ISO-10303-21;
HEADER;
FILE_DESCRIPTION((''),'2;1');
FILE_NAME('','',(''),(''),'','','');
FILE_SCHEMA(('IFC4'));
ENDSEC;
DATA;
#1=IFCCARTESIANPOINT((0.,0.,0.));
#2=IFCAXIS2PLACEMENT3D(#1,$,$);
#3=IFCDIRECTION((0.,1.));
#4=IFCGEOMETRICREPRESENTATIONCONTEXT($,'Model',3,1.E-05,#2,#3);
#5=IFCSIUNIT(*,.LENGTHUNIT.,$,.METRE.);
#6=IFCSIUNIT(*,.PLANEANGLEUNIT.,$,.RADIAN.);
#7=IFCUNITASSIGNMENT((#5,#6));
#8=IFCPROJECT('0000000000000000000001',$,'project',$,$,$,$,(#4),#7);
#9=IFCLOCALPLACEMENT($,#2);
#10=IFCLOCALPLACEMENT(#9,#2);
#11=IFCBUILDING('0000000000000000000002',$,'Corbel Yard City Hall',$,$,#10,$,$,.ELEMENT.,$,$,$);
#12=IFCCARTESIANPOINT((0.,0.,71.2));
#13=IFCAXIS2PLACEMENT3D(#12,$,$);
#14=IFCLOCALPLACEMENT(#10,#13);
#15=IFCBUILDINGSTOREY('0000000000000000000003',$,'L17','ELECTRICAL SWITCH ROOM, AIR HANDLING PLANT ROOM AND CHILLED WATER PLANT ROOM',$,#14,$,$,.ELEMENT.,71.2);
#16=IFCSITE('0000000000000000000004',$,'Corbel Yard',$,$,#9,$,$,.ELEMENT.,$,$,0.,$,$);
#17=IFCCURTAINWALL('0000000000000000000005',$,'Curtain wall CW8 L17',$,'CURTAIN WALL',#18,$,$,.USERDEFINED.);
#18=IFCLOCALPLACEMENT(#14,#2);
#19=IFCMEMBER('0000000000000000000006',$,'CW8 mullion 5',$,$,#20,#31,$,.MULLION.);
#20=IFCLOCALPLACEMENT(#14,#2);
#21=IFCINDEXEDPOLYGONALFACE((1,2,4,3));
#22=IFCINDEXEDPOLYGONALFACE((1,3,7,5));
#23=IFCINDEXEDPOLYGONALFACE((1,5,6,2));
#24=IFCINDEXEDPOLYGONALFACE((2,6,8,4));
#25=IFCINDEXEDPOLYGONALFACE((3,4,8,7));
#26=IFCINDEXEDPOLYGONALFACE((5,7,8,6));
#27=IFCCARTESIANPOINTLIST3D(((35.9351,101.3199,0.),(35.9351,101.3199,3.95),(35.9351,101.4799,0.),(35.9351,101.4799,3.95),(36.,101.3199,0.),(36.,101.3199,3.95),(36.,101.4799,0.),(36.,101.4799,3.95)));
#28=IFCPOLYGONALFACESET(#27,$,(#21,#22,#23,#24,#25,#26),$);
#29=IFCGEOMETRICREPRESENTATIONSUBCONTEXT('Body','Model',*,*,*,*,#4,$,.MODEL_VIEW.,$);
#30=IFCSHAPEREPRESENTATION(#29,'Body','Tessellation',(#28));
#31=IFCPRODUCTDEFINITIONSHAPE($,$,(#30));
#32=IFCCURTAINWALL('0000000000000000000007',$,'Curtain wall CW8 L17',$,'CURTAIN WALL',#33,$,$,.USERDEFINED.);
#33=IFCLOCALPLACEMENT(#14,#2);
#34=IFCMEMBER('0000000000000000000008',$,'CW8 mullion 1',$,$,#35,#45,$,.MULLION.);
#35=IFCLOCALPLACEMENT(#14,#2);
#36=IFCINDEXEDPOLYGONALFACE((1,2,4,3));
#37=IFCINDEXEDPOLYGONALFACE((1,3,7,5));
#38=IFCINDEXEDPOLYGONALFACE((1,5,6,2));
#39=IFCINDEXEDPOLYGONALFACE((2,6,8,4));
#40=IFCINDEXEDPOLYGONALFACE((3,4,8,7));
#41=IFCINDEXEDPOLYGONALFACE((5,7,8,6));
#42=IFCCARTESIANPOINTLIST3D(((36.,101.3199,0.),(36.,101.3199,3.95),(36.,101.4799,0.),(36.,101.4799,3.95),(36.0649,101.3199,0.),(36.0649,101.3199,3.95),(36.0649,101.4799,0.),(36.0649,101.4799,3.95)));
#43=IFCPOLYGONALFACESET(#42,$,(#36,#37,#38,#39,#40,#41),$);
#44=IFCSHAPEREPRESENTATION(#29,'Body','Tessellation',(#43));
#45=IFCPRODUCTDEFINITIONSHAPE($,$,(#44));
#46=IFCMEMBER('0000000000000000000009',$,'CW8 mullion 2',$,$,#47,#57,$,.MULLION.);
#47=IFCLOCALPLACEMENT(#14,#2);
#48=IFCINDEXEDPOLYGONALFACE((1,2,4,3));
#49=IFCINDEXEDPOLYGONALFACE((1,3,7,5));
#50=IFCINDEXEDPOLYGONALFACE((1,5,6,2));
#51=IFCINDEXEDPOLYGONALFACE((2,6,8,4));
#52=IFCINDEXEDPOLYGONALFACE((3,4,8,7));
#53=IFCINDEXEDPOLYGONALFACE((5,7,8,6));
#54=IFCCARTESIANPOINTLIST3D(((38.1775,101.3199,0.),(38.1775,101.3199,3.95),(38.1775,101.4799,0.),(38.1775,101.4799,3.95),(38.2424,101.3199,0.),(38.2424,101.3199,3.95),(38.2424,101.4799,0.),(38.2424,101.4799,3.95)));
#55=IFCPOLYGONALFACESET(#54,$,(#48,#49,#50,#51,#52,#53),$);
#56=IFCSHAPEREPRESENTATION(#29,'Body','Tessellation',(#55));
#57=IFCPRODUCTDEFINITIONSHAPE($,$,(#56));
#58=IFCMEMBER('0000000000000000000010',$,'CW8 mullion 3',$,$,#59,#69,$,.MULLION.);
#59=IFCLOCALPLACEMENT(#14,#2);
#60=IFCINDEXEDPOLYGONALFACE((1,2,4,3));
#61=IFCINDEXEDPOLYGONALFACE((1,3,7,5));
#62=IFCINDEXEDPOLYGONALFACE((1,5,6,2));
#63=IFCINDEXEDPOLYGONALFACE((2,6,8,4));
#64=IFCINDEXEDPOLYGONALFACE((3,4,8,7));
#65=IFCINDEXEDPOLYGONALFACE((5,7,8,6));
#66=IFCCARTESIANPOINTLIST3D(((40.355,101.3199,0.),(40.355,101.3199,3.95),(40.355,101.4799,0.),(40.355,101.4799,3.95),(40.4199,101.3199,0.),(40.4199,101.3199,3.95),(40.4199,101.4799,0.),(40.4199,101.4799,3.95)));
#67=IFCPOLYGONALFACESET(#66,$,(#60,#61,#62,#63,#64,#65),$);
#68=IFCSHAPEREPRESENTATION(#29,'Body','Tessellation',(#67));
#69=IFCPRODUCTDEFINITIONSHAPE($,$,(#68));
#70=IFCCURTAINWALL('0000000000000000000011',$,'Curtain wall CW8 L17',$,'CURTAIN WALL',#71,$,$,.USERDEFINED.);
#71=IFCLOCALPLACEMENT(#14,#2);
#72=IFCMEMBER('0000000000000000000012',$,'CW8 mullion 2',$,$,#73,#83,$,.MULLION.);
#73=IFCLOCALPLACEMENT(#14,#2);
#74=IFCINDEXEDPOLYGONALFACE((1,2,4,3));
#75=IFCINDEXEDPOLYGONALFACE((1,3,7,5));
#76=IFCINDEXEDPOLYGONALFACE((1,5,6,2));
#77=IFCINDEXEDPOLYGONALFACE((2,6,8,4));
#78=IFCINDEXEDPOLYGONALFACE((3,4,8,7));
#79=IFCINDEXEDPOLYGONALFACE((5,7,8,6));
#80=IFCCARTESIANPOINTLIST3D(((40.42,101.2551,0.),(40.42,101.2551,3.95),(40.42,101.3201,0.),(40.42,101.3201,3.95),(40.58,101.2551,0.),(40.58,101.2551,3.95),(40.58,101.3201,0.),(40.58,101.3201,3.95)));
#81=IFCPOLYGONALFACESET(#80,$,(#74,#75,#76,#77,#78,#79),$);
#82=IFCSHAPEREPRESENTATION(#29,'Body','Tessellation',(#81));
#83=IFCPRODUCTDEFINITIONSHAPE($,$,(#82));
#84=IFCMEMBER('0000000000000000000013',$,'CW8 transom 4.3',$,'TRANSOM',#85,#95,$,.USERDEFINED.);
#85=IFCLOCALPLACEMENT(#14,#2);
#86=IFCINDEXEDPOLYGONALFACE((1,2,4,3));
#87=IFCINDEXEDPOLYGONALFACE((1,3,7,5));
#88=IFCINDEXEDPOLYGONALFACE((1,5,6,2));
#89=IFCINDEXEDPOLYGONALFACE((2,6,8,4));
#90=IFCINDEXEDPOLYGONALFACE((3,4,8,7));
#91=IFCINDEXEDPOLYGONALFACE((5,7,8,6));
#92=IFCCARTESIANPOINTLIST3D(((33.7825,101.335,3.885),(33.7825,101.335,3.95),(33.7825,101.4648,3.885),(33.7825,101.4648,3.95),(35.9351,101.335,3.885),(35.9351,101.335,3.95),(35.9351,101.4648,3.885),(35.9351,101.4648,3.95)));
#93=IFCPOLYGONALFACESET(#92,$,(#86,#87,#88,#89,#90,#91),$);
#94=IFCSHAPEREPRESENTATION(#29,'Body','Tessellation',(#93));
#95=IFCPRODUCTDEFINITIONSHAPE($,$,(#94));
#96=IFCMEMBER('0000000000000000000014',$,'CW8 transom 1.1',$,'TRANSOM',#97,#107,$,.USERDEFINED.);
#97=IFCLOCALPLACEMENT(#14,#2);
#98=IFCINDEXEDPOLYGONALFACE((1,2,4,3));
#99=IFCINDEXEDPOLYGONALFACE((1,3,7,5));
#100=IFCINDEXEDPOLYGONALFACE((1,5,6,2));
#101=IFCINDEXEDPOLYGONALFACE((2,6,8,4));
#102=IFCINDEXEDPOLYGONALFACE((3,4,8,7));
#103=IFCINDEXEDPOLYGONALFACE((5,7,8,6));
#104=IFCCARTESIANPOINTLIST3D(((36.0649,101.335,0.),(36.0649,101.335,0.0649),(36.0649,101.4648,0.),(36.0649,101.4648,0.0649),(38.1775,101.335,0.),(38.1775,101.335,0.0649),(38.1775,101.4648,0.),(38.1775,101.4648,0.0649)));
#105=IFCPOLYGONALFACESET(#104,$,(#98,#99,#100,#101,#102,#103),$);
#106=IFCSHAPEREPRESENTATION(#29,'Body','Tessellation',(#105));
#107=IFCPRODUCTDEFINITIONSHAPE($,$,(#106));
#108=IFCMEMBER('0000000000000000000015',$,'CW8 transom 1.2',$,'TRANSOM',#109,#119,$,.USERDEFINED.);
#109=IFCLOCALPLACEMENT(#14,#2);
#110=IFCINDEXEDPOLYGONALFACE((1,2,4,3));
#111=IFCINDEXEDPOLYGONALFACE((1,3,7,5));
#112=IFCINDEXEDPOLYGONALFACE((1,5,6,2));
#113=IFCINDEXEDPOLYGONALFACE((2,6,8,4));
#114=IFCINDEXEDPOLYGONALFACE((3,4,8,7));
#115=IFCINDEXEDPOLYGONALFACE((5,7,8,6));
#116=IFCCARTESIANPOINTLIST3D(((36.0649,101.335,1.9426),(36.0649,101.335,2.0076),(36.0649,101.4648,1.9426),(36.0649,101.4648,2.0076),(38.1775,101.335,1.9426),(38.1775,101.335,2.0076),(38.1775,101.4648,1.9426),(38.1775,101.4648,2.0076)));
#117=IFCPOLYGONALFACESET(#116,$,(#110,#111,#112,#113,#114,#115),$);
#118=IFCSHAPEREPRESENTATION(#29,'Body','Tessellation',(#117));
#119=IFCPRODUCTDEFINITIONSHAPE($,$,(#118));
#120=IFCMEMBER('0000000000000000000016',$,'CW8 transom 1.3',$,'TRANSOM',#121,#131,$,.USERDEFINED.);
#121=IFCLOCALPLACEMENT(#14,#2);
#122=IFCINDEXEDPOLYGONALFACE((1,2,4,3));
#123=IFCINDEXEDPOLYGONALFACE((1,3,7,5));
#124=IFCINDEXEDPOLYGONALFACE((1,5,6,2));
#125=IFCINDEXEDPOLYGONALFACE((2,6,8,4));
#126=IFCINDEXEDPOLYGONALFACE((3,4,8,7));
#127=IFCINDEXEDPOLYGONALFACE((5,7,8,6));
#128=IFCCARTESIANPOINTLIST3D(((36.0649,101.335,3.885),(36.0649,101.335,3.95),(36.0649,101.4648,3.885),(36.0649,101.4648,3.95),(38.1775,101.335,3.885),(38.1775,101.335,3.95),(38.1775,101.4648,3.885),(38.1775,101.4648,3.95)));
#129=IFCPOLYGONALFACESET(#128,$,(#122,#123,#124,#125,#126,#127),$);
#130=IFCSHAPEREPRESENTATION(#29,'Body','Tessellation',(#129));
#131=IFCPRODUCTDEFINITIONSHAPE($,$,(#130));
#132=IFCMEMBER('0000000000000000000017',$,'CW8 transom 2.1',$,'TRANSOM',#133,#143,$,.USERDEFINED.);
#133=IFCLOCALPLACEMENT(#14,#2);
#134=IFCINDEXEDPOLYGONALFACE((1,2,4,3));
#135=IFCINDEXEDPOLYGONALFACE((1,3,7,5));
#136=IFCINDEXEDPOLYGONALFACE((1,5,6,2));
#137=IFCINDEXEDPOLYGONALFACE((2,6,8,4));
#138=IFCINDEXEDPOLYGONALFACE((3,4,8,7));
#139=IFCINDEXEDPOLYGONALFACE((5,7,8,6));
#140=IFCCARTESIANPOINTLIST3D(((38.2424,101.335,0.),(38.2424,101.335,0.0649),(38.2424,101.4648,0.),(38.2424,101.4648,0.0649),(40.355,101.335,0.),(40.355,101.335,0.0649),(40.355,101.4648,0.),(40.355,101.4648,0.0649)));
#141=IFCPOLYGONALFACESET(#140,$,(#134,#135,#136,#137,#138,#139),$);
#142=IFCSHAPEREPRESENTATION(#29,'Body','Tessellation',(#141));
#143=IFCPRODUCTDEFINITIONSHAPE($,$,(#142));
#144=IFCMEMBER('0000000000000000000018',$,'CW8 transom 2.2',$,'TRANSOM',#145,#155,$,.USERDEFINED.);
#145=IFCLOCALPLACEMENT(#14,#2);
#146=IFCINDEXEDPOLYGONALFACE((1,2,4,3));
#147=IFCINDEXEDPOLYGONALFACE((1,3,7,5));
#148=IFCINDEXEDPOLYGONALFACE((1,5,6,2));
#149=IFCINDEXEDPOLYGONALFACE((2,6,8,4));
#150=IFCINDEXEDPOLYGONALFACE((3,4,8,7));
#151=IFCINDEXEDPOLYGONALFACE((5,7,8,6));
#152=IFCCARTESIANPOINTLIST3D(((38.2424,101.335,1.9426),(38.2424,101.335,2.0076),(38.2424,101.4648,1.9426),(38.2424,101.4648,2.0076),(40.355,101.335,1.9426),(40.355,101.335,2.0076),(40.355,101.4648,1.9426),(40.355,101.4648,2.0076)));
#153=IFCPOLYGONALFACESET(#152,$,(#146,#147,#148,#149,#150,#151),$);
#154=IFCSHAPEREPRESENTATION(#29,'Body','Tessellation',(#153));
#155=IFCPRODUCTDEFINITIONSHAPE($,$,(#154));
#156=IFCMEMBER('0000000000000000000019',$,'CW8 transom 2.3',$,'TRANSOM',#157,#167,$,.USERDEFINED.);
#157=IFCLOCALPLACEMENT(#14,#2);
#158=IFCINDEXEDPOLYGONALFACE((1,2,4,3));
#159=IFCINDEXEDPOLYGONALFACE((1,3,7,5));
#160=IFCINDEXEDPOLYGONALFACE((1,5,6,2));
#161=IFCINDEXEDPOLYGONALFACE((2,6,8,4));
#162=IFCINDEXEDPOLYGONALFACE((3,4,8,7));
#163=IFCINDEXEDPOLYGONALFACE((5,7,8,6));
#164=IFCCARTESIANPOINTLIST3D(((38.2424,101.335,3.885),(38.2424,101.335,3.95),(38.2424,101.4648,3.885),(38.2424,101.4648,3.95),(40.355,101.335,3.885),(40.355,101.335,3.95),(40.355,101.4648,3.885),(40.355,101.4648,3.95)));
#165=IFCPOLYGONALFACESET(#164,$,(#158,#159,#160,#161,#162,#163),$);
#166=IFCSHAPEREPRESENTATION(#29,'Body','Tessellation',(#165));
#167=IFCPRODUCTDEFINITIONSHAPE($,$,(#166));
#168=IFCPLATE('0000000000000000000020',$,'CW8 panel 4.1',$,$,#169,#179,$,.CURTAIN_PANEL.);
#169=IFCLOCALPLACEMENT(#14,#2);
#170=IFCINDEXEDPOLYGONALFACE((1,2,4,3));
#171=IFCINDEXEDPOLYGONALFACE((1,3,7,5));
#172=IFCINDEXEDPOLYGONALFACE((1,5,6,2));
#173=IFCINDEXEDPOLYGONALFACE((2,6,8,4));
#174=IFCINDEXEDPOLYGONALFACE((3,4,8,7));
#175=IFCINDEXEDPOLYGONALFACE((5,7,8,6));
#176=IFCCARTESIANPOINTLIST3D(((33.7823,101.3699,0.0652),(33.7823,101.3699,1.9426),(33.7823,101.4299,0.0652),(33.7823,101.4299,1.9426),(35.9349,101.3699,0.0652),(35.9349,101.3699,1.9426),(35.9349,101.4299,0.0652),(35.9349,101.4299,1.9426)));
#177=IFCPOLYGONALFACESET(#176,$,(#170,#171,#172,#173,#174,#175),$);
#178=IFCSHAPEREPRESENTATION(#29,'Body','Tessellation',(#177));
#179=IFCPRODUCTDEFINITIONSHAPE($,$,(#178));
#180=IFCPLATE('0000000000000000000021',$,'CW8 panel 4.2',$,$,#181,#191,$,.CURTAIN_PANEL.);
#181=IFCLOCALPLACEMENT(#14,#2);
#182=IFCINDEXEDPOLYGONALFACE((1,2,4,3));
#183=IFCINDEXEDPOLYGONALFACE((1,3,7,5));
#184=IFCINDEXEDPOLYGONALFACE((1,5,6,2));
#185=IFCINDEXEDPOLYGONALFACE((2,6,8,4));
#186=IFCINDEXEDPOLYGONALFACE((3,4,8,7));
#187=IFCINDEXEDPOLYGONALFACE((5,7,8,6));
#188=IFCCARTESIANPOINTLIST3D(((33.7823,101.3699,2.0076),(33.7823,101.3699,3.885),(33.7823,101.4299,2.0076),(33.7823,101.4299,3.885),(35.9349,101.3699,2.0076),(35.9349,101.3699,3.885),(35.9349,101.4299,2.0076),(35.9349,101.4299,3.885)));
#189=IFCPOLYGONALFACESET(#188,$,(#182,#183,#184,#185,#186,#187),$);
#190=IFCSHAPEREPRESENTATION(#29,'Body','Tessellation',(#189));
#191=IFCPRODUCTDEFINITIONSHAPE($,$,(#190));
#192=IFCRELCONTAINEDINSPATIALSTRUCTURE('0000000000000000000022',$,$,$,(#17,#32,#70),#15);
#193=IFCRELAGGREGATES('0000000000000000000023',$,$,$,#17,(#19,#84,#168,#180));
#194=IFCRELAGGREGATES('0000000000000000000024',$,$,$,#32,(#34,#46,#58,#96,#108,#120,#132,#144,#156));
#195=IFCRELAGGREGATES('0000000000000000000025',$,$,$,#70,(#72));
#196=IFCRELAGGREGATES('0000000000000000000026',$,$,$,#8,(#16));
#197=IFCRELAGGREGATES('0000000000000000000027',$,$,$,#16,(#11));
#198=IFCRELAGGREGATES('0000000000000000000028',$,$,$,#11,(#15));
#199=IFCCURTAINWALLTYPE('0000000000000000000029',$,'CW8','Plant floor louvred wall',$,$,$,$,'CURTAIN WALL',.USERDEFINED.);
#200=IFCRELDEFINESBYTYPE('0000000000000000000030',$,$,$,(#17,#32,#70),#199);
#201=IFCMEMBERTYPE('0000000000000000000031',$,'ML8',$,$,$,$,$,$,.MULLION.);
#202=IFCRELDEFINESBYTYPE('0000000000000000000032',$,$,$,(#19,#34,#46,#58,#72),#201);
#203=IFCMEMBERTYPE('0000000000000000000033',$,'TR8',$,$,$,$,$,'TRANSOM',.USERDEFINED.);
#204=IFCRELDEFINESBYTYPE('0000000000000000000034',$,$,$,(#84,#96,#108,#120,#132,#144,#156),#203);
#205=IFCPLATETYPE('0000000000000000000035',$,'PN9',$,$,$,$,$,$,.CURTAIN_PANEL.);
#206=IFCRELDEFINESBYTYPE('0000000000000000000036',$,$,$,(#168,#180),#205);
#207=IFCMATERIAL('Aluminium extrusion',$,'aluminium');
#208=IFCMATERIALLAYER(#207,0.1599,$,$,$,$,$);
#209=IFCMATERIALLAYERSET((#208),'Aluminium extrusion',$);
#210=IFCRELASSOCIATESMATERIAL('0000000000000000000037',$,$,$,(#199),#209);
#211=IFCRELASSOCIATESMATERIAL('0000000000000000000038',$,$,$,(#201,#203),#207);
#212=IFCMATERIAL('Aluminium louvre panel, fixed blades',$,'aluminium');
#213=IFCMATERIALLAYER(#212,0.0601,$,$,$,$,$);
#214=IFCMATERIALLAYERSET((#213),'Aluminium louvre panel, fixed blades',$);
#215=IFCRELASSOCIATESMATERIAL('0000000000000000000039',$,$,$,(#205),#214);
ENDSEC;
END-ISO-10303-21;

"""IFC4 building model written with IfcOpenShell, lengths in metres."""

from ifc_helpers import new_model, si_unit, direction, frame, origin, origin_2d, place, context, subcontext, project, spatial, rectangle, extrude, material, layer, layer_set, material_profile, profile_set, type_object, element, aggregate, save


model = new_model("IFC4")

# Units and contexts
model_context = context("Model", 3, precision=1e-05, world=origin(), true_north=direction((0.0, 1.0)))
body_context = subcontext(model_context, "Body", "Model", "MODEL_VIEW")
ifc_project = project(units=[si_unit("LENGTHUNIT", "METRE"), si_unit("PLANEANGLEUNIT", "RADIAN")], contexts=[model_context])

# Site, building, storey
site_placement = place(None, origin())
site = spatial("IfcSite", under=ifc_project, at=site_placement, Name="Corbel Yard", CompositionType="ELEMENT", RefElevation=0.0)
building_placement = place(site_placement, origin())
building = spatial("IfcBuilding", under=site, at=building_placement, Name="Corbel Yard City Hall", CompositionType="ELEMENT")
storey_placement = place(building_placement, frame((0.0, 0.0, 71.2)))
storey = spatial("IfcBuildingStorey", under=building, at=storey_placement, Name="L17", Description="ELECTRICAL SWITCH ROOM, AIR HANDLING PLANT ROOM AND CHILLED WATER PLANT ROOM", CompositionType="ELEMENT", Elevation=71.2)

# Curtain wall, member
ifc_material_1 = material(Name="Aluminium extrusion", Category="aluminium")
ifc_layer_1 = layer(ifc_material_1, 0.1599)
ifc_layer_set_1 = layer_set([ifc_layer_1], Name="Aluminium extrusion")
curtain_wall_type = type_object("IfcCurtainWallType", Name="CW8", Description="Plant floor louvred wall", ElementType="CURTAIN WALL", PredefinedType="USERDEFINED", material=ifc_layer_set_1)
curtain_wall_1_placement = place(storey_placement, origin())
curtain_wall_1 = element("IfcCurtainWall", 1, at=curtain_wall_1_placement, inside=storey, type_object=curtain_wall_type, Name="Curtain wall CW8 L17", ObjectType="CURTAIN WALL", PredefinedType="USERDEFINED")
ifc_material_profile_1 = material_profile(ifc_material_1, rectangle(XDim=0.1599, YDim=0.0649, at=origin_2d()), Name="160x65")
ifc_profile_set_1 = profile_set([ifc_material_profile_1], Name="Aluminium extrusion")
member_type_1 = type_object("IfcMemberType", Name="ML8", PredefinedType="MULLION", material=ifc_profile_set_1)
member_1_placement = place(storey_placement, frame((35.9675, 101.3999, 0.0), z_axis=(0.0, 0.0, 1.0), x_axis=(0.0, 1.0, 0.0)))
member_1 = element("IfcMember", 2, at=member_1_placement, type_object=member_type_1, Name="CW8 mullion 5", PredefinedType="MULLION", context=body_context, shape_type="SweptSolid", body=[
    extrude(rectangle(XDim=0.1599, YDim=0.0649, at=origin_2d()), origin(), (0.0, 0.0, 1.0), 3.95),
])

# Curtain wall, members
curtain_wall_2_placement = place(storey_placement, origin())
curtain_wall_2 = element("IfcCurtainWall", 3, at=curtain_wall_2_placement, inside=storey, type_object=curtain_wall_type, Name="Curtain wall CW8 L17", ObjectType="CURTAIN WALL", PredefinedType="USERDEFINED")
member_2_placement = place(storey_placement, frame((36.0325, 101.3999, 0.0), z_axis=(0.0, 0.0, 1.0), x_axis=(0.0, 1.0, 0.0)))
member_2 = element("IfcMember", 4, at=member_2_placement, type_object=member_type_1, Name="CW8 mullion 1", PredefinedType="MULLION", context=body_context, shape_type="SweptSolid", body=[
    extrude(rectangle(XDim=0.1599, YDim=0.0649, at=origin_2d()), origin(), (0.0, 0.0, 1.0), 3.95),
])
member_3_placement = place(storey_placement, frame((38.21, 101.3999, 0.0), z_axis=(0.0, 0.0, 1.0), x_axis=(0.0, 1.0, 0.0)))
member_3 = element("IfcMember", 5, at=member_3_placement, type_object=member_type_1, Name="CW8 mullion 2", PredefinedType="MULLION", context=body_context, shape_type="SweptSolid", body=[
    extrude(rectangle(XDim=0.1599, YDim=0.0649, at=origin_2d()), origin(), (0.0, 0.0, 1.0), 3.95),
])
member_4_placement = place(storey_placement, frame((40.3875, 101.3999, 0.0), z_axis=(0.0, 0.0, 1.0), x_axis=(0.0, 1.0, 0.0)))
member_4 = element("IfcMember", 6, at=member_4_placement, type_object=member_type_1, Name="CW8 mullion 3", PredefinedType="MULLION", context=body_context, shape_type="SweptSolid", body=[
    extrude(rectangle(XDim=0.1599, YDim=0.0649, at=origin_2d()), origin(), (0.0, 0.0, 1.0), 3.95),
])

# Curtain wall, member
curtain_wall_3_placement = place(storey_placement, origin())
curtain_wall_3 = element("IfcCurtainWall", 7, at=curtain_wall_3_placement, inside=storey, type_object=curtain_wall_type, Name="Curtain wall CW8 L17", ObjectType="CURTAIN WALL", PredefinedType="USERDEFINED")
member_5_placement = place(storey_placement, frame((40.5, 101.2876, 0.0), z_axis=(0.0, 0.0, 1.0), x_axis=(-1.0, 0.0, 0.0)))
member_5 = element("IfcMember", 8, at=member_5_placement, type_object=member_type_1, Name="CW8 mullion 2", PredefinedType="MULLION", context=body_context, shape_type="SweptSolid", body=[
    extrude(rectangle(XDim=0.1599, YDim=0.0649, at=origin_2d()), origin(), (0.0, 0.0, 1.0), 3.95),
])

# Members
ifc_material_profile_2 = material_profile(ifc_material_1, rectangle(XDim=0.1299, YDim=0.0649, at=origin_2d()), Name="130x65")
ifc_profile_set_2 = profile_set([ifc_material_profile_2], Name="Aluminium extrusion")
member_type_2 = type_object("IfcMemberType", Name="TR8", ElementType="TRANSOM", PredefinedType="USERDEFINED", material=ifc_profile_set_2)
member_6_placement = place(storey_placement, frame((33.7825, 101.3999, 3.9175), z_axis=(1.0, 0.0, 0.0), x_axis=(0.0, 1.0, 0.0)))
member_6 = element("IfcMember", 9, at=member_6_placement, type_object=member_type_2, Name="CW8 transom 4.3", ObjectType="TRANSOM", PredefinedType="USERDEFINED", context=body_context, shape_type="SweptSolid", body=[
    extrude(rectangle(XDim=0.1299, YDim=0.0649, at=origin_2d()), origin(), (0.0, 0.0, 1.0), 2.1526),
])
member_7_placement = place(storey_placement, frame((36.0649, 101.3999, 0.0325), z_axis=(1.0, 0.0, 0.0), x_axis=(0.0, 1.0, 0.0)))
member_7 = element("IfcMember", 10, at=member_7_placement, type_object=member_type_2, Name="CW8 transom 1.1", ObjectType="TRANSOM", PredefinedType="USERDEFINED", context=body_context, shape_type="SweptSolid", body=[
    extrude(rectangle(XDim=0.1299, YDim=0.0649, at=origin_2d()), origin(), (0.0, 0.0, 1.0), 2.1125),
])
member_8_placement = place(storey_placement, frame((36.0649, 101.3999, 1.9751), z_axis=(1.0, 0.0, 0.0), x_axis=(0.0, 1.0, 0.0)))
member_8 = element("IfcMember", 11, at=member_8_placement, type_object=member_type_2, Name="CW8 transom 1.2", ObjectType="TRANSOM", PredefinedType="USERDEFINED", context=body_context, shape_type="SweptSolid", body=[
    extrude(rectangle(XDim=0.1299, YDim=0.0649, at=origin_2d()), origin(), (0.0, 0.0, 1.0), 2.1125),
])
member_9_placement = place(storey_placement, frame((36.0649, 101.3999, 3.9175), z_axis=(1.0, 0.0, 0.0), x_axis=(0.0, 1.0, 0.0)))
member_9 = element("IfcMember", 12, at=member_9_placement, type_object=member_type_2, Name="CW8 transom 1.3", ObjectType="TRANSOM", PredefinedType="USERDEFINED", context=body_context, shape_type="SweptSolid", body=[
    extrude(rectangle(XDim=0.1299, YDim=0.0649, at=origin_2d()), origin(), (0.0, 0.0, 1.0), 2.1125),
])
member_10_placement = place(storey_placement, frame((38.2424, 101.3999, 0.0325), z_axis=(1.0, 0.0, 0.0), x_axis=(0.0, 1.0, 0.0)))
member_10 = element("IfcMember", 13, at=member_10_placement, type_object=member_type_2, Name="CW8 transom 2.1", ObjectType="TRANSOM", PredefinedType="USERDEFINED", context=body_context, shape_type="SweptSolid", body=[
    extrude(rectangle(XDim=0.1299, YDim=0.0649, at=origin_2d()), origin(), (0.0, 0.0, 1.0), 2.1125),
])
member_11_placement = place(storey_placement, frame((38.2424, 101.3999, 1.9751), z_axis=(1.0, 0.0, 0.0), x_axis=(0.0, 1.0, 0.0)))
member_11 = element("IfcMember", 14, at=member_11_placement, type_object=member_type_2, Name="CW8 transom 2.2", ObjectType="TRANSOM", PredefinedType="USERDEFINED", context=body_context, shape_type="SweptSolid", body=[
    extrude(rectangle(XDim=0.1299, YDim=0.0649, at=origin_2d()), origin(), (0.0, 0.0, 1.0), 2.1125),
])
member_12_placement = place(storey_placement, frame((38.2424, 101.3999, 3.9175), z_axis=(1.0, 0.0, 0.0), x_axis=(0.0, 1.0, 0.0)))
member_12 = element("IfcMember", 15, at=member_12_placement, type_object=member_type_2, Name="CW8 transom 2.3", ObjectType="TRANSOM", PredefinedType="USERDEFINED", context=body_context, shape_type="SweptSolid", body=[
    extrude(rectangle(XDim=0.1299, YDim=0.0649, at=origin_2d()), origin(), (0.0, 0.0, 1.0), 2.1125),
])

# Plates
ifc_material_2 = material(Name="Aluminium louvre panel, fixed blades", Category="aluminium")
ifc_layer_2 = layer(ifc_material_2, 0.0601)
ifc_layer_set_2 = layer_set([ifc_layer_2], Name="Aluminium louvre panel, fixed blades")
plate_type = type_object("IfcPlateType", Name="PN9", PredefinedType="CURTAIN_PANEL", material=ifc_layer_set_2)
plate_1_placement = place(storey_placement, frame((34.8586, 101.3999, 0.0652), z_axis=(0.0, 0.0, 1.0), x_axis=(1.0, 0.0, 0.0)))
plate_1 = element("IfcPlate", 16, at=plate_1_placement, type_object=plate_type, Name="CW8 panel 4.1", PredefinedType="CURTAIN_PANEL", context=body_context, shape_type="SweptSolid", body=[
    extrude(rectangle(XDim=2.1526, YDim=0.0601, at=origin_2d()), origin(), (0.0, 0.0, 1.0), 1.8774),
])
plate_2_placement = place(storey_placement, frame((34.8586, 101.3999, 2.0076), z_axis=(0.0, 0.0, 1.0), x_axis=(1.0, 0.0, 0.0)))
plate_2 = element("IfcPlate", 17, at=plate_2_placement, type_object=plate_type, Name="CW8 panel 4.2", PredefinedType="CURTAIN_PANEL", context=body_context, shape_type="SweptSolid", body=[
    extrude(rectangle(XDim=2.1526, YDim=0.0601, at=origin_2d()), origin(), (0.0, 0.0, 1.0), 1.8774),
])
aggregate(curtain_wall_1, [member_1, member_6, plate_1, plate_2])
aggregate(curtain_wall_2, [member_2, member_3, member_4, member_7, member_8, member_9, member_10, member_11, member_12])
aggregate(curtain_wall_3, [member_5])

save(model, "model.ifc")
